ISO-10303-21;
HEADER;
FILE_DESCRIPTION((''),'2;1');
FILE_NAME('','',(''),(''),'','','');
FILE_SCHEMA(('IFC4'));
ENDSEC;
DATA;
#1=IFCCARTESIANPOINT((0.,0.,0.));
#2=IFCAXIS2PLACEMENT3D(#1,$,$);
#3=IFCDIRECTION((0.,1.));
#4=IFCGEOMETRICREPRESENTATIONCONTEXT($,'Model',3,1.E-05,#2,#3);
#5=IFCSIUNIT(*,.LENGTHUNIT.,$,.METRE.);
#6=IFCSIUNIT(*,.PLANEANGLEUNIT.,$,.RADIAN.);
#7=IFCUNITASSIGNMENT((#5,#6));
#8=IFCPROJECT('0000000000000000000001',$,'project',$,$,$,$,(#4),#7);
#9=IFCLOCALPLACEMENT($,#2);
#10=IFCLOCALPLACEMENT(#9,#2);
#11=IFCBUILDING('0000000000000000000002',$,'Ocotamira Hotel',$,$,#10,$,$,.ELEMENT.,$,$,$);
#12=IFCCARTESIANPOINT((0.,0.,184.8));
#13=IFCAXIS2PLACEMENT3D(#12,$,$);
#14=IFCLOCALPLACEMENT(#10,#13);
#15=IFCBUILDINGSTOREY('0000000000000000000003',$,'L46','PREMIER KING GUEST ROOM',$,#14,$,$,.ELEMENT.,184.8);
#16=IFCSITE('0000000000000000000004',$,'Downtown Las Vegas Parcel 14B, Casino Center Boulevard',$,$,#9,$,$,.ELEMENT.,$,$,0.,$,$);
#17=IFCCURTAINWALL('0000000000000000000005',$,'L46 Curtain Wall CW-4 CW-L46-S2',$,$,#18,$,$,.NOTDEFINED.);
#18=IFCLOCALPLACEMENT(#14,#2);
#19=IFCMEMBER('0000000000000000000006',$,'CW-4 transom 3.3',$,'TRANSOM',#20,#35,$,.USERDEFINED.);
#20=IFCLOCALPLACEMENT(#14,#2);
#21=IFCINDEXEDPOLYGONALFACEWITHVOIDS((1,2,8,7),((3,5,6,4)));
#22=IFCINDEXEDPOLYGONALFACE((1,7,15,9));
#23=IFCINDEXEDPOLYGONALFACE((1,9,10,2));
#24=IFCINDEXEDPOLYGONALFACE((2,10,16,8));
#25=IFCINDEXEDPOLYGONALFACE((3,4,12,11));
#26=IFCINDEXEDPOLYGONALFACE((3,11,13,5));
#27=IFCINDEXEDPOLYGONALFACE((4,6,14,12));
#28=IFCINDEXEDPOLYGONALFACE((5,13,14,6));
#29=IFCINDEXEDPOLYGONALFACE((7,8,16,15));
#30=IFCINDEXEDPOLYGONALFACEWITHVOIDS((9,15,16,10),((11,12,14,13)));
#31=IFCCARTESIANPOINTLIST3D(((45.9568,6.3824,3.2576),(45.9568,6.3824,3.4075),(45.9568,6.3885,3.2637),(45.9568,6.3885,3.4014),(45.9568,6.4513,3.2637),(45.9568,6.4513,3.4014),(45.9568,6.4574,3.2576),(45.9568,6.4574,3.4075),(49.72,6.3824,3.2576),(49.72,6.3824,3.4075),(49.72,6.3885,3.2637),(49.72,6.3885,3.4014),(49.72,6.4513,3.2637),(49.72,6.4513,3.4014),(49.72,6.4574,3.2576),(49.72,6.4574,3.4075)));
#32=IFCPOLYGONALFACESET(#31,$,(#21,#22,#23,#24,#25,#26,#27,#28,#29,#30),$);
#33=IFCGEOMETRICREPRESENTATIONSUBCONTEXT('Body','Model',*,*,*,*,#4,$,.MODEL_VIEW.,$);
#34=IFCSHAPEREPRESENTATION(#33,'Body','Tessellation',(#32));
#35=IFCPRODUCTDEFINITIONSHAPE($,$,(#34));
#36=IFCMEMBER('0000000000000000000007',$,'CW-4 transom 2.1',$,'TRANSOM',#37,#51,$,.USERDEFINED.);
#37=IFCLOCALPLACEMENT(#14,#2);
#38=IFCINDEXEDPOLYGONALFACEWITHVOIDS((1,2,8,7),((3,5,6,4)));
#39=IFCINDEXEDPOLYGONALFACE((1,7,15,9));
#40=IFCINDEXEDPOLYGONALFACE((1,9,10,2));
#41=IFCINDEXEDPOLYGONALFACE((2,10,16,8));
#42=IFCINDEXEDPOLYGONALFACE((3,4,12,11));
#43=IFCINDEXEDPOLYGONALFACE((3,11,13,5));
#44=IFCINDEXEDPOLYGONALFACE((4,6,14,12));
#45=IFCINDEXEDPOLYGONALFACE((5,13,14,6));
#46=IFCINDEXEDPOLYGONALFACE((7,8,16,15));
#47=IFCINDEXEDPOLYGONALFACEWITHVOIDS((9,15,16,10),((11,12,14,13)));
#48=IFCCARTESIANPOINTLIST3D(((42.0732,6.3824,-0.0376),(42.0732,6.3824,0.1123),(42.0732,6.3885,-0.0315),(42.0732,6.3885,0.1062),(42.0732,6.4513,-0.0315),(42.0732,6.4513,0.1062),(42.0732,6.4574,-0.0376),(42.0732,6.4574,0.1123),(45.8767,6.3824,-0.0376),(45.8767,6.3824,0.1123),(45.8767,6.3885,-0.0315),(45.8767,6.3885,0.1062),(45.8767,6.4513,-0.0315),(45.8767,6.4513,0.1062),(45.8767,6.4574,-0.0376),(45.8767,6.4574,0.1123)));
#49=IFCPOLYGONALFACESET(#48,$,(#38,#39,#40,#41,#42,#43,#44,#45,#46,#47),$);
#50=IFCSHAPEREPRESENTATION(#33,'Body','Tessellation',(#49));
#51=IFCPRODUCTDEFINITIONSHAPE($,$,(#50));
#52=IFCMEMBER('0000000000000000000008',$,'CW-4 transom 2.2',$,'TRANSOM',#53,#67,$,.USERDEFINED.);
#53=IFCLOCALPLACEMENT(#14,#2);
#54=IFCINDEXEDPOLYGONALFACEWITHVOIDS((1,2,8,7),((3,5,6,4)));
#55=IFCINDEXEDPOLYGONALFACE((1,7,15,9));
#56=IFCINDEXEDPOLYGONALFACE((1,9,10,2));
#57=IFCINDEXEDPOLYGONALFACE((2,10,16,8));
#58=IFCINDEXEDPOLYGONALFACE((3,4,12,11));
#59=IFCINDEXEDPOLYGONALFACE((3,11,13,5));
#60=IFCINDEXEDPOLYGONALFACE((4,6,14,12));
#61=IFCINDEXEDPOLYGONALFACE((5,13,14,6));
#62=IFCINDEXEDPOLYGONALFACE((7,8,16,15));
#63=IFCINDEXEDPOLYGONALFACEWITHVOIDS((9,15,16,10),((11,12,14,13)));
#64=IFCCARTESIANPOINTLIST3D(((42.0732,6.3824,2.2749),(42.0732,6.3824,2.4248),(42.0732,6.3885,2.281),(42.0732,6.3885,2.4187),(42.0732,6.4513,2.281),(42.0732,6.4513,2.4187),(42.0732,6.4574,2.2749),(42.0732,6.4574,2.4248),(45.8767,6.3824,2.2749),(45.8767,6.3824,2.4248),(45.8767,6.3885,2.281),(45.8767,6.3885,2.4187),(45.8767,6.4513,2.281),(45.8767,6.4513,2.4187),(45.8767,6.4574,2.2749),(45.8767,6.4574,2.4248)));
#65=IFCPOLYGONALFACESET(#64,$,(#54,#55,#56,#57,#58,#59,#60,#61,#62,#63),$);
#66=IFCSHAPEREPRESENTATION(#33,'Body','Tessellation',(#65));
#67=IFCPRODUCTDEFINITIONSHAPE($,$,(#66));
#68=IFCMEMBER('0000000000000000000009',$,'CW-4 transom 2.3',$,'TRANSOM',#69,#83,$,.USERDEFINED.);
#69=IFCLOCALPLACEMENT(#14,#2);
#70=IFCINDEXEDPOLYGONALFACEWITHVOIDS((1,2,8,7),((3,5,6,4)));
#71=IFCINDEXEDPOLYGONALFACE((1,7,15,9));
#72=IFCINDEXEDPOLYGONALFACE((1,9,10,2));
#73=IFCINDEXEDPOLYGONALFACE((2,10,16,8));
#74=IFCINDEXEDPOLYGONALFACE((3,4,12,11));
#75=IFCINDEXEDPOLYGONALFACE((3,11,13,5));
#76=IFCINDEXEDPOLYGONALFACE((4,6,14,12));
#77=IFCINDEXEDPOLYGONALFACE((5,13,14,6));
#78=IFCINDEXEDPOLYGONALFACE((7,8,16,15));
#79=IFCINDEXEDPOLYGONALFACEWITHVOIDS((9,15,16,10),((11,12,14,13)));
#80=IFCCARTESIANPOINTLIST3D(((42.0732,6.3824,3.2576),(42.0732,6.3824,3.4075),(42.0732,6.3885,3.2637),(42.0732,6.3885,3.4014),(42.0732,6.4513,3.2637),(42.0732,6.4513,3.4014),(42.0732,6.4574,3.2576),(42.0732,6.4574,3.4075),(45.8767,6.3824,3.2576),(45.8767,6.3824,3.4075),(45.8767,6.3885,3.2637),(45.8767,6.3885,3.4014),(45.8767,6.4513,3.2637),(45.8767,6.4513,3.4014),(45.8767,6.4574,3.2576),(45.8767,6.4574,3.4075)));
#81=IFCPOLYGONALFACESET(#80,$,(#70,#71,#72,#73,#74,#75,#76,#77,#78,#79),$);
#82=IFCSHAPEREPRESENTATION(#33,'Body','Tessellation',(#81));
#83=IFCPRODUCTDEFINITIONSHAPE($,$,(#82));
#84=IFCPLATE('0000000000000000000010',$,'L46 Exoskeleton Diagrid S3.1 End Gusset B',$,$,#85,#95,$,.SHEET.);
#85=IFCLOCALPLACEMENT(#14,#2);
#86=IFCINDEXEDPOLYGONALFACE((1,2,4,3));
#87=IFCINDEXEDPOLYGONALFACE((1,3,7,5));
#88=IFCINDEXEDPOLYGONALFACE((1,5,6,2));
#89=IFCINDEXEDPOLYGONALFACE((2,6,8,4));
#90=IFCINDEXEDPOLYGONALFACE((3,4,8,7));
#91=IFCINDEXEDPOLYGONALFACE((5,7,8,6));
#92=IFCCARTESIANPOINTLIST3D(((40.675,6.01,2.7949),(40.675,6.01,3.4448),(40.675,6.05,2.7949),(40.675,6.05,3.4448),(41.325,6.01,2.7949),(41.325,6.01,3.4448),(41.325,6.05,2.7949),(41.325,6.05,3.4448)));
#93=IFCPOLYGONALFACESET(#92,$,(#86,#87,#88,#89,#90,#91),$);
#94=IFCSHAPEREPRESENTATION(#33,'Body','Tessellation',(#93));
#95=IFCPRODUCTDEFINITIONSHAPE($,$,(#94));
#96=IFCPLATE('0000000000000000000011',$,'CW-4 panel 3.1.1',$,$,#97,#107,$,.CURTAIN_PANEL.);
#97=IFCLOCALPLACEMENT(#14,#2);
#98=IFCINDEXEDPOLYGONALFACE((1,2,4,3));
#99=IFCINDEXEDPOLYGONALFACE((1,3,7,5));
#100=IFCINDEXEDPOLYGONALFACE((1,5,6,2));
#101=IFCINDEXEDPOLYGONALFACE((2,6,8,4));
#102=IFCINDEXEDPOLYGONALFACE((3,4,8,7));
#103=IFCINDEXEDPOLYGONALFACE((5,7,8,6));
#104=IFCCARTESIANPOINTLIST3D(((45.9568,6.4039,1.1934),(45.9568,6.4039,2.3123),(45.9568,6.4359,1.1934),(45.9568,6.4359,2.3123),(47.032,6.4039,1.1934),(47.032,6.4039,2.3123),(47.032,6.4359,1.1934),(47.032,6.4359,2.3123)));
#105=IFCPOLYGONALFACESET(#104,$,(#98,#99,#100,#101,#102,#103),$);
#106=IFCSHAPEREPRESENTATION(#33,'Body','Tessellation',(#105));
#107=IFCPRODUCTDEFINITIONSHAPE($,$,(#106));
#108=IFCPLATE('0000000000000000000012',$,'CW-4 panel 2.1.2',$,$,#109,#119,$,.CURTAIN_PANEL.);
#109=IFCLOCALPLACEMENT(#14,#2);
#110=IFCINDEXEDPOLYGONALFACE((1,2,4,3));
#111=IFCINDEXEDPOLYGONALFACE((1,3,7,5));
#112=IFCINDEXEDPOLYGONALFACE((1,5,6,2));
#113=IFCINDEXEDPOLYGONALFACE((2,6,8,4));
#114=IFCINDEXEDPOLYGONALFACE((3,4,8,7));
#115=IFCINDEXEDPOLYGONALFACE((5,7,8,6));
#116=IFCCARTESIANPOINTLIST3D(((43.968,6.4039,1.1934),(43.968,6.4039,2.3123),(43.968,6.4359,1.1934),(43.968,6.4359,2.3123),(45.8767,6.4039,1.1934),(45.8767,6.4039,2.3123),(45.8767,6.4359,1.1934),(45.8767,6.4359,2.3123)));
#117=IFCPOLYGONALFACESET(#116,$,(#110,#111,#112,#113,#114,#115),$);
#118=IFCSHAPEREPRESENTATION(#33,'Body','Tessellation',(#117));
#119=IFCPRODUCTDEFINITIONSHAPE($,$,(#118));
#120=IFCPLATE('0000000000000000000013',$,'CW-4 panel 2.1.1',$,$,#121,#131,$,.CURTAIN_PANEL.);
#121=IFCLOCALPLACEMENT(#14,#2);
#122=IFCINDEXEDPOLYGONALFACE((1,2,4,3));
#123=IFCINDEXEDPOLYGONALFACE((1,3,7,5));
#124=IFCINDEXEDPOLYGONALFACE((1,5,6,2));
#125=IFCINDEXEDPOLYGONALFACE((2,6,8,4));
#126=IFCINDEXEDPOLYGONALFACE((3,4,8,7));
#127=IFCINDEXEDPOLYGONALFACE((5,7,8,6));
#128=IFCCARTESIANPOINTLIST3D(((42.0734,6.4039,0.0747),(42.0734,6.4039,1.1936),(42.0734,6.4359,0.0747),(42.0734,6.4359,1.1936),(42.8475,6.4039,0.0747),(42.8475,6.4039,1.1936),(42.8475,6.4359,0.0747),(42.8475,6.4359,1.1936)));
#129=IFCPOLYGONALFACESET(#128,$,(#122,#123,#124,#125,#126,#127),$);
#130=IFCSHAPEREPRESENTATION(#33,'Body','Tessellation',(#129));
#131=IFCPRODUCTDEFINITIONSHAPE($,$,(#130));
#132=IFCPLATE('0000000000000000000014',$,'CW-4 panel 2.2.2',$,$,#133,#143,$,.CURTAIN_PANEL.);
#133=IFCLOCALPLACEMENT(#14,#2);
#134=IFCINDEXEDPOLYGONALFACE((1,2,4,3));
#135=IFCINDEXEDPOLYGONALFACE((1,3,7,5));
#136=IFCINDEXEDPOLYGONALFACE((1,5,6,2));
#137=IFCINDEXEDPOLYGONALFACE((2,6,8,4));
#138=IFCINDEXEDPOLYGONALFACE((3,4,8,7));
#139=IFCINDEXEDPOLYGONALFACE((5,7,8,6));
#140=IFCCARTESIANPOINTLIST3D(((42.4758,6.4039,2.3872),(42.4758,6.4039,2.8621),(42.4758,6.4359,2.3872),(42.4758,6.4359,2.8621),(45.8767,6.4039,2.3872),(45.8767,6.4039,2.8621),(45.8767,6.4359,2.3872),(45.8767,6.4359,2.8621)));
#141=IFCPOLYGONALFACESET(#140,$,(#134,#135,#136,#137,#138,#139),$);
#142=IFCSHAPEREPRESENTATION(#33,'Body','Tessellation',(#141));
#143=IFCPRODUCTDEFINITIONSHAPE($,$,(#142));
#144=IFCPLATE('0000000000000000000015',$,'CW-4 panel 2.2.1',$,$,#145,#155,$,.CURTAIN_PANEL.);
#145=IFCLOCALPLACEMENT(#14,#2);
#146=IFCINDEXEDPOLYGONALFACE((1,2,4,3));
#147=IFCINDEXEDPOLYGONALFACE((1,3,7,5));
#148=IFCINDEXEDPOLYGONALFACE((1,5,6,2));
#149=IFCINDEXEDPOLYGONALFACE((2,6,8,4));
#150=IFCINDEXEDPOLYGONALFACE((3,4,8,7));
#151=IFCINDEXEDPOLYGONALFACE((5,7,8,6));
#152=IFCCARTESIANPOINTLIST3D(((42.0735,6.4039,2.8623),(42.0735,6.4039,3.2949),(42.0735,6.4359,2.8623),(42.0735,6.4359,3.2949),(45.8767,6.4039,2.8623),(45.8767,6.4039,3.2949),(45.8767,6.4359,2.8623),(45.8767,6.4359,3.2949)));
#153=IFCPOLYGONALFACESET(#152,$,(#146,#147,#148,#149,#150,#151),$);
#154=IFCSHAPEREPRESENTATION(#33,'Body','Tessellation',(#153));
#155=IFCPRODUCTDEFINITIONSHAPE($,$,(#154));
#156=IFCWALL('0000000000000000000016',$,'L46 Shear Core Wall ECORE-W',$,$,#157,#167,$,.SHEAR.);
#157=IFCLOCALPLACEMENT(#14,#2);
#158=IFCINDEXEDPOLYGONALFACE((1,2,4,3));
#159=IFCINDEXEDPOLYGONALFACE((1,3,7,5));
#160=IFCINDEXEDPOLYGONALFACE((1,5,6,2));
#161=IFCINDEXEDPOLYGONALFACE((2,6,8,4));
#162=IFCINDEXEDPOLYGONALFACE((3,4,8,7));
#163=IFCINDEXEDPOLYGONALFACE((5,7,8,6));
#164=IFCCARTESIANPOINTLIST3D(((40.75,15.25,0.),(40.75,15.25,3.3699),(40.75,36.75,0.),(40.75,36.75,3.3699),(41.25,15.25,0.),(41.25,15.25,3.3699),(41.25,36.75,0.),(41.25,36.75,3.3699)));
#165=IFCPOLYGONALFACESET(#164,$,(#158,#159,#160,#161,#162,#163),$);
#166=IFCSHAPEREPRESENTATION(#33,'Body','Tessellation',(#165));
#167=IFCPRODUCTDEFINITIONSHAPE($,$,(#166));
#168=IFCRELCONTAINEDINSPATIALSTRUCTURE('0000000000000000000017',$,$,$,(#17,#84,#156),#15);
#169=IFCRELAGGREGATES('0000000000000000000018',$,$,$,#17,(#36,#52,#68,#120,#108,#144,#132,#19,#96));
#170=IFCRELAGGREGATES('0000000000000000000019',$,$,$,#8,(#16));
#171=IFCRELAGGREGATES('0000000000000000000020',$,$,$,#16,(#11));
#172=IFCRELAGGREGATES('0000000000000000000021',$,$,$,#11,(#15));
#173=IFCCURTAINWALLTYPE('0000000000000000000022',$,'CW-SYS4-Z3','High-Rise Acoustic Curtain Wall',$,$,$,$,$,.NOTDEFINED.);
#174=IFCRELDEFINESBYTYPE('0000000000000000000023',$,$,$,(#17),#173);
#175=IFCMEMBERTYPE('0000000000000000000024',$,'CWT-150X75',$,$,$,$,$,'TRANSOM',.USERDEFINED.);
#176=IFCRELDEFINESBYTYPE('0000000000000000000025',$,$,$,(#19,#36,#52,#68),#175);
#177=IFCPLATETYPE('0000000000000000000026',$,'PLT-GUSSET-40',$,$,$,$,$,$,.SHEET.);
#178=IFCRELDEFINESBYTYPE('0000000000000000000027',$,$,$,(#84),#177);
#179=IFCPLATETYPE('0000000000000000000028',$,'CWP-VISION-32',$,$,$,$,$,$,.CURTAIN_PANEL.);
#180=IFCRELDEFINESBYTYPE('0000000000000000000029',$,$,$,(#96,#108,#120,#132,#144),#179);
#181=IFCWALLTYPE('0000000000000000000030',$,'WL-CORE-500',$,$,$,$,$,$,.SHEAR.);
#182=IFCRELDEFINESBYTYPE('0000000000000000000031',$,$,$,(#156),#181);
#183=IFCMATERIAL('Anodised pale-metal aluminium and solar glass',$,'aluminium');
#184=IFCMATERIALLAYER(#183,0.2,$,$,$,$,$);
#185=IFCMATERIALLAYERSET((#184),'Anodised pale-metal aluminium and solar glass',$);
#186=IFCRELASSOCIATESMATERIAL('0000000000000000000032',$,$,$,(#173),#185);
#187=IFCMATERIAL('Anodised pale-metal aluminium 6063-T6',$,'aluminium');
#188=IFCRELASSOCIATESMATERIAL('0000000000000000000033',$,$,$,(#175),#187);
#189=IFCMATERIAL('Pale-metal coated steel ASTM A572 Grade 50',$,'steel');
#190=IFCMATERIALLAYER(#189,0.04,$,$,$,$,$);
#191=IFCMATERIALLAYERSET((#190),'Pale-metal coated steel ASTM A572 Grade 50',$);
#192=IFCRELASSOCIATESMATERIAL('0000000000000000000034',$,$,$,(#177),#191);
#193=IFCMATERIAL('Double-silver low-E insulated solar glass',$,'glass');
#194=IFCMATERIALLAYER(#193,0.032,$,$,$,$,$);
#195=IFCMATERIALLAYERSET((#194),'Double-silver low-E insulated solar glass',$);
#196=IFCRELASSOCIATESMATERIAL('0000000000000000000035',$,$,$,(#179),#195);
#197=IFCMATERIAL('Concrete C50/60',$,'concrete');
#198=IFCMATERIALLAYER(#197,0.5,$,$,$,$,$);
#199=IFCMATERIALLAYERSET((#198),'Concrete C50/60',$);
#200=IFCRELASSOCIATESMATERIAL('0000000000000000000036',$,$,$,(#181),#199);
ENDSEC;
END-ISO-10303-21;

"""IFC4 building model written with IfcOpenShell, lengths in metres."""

from ifc_helpers import new_model, si_unit, direction, frame, frame_2d, origin, origin_2d, place, context, subcontext, project, spatial, rectangle, hollow_rectangle, extrude, source, transform, mapped, material, layer, layer_set, material_profile, profile_set, type_object, element, aggregate, save


model = new_model("IFC4")

# Units and contexts
model_context = context("Model", 3, precision=1e-05, world=origin(), true_north=direction((0.0, 1.0)))
body_context = subcontext(model_context, "Body", "Model", "MODEL_VIEW")
ifc_project = project(units=[si_unit("LENGTHUNIT", "METRE"), si_unit("PLANEANGLEUNIT", "RADIAN")], contexts=[model_context])

# Site, building, storey
site_placement = place(None, origin())
site = spatial("IfcSite", under=ifc_project, at=site_placement, Name="Downtown Las Vegas Parcel 14B, Casino Center Boulevard", CompositionType="ELEMENT", RefElevation=0.0)
building_placement = place(site_placement, origin())
building = spatial("IfcBuilding", under=site, at=building_placement, Name="Ocotamira Hotel", CompositionType="ELEMENT")
storey_placement = place(building_placement, frame((0.0, 0.0, 184.8)))
storey = spatial("IfcBuildingStorey", under=building, at=storey_placement, Name="L46", Description="PREMIER KING GUEST ROOM", CompositionType="ELEMENT", Elevation=184.8)

# Curtain wall, members
ifc_material_1 = material(Name="Anodised pale-metal aluminium and solar glass", Category="aluminium")
ifc_layer_1 = layer(ifc_material_1, 0.2)
ifc_layer_set_1 = layer_set([ifc_layer_1], Name="Anodised pale-metal aluminium and solar glass")
curtain_wall_type = type_object("IfcCurtainWallType", Name="CW-SYS4-Z3", Description="High-Rise Acoustic Curtain Wall", PredefinedType="NOTDEFINED", material=ifc_layer_set_1)
curtain_wall_placement = place(storey_placement, origin())
curtain_wall = element("IfcCurtainWall", 1, at=curtain_wall_placement, inside=storey, type_object=curtain_wall_type, Name="L46 Curtain Wall CW-4 CW-L46-S2", PredefinedType="NOTDEFINED")
ifc_material_2 = material(Name="Anodised pale-metal aluminium 6063-T6", Category="aluminium")
ifc_material_profile_1 = material_profile(ifc_material_2, hollow_rectangle(XDim=0.075, YDim=0.1499, WallThickness=0.0061, at=origin_2d()), Name="HSS150X75X6")
ifc_profile_set_1 = profile_set([ifc_material_profile_1], Name="Anodised pale-metal aluminium 6063-T6")
member_type_1 = type_object("IfcMemberType", Name="CWT-150X75", ElementType="TRANSOM", PredefinedType="USERDEFINED", material=ifc_profile_set_1)
shared_shape_1 = source(origin(), body_context, "Body", "SweptSolid", [
    extrude(hollow_rectangle(XDim=0.075, YDim=0.1499, WallThickness=0.0061, at=origin_2d()), origin(), (0.0, 0.0, 1.0), 3.7632),
])
member_1_placement = place(storey_placement, frame((45.9568, 6.4199, 3.3325), z_axis=(1.0, 0.0, 0.0), x_axis=(0.0, 1.0, 0.0)))
member_1 = element("IfcMember", 2, at=member_1_placement, type_object=member_type_1, Name="CW-4 transom 3.3", ObjectType="TRANSOM", PredefinedType="USERDEFINED", context=body_context, shape_type="MappedRepresentation", body=[
    mapped(shared_shape_1, transform((0.0, 0.0, 0.0), scale=1.0)),
])
shared_shape_2 = source(origin(), body_context, "Body", "SweptSolid", [
    extrude(hollow_rectangle(XDim=0.075, YDim=0.1499, WallThickness=0.0061, at=origin_2d()), origin(), (0.0, 0.0, 1.0), 3.8035),
])
member_2_placement = place(storey_placement, frame((42.0732, 6.4199, 0.0374), z_axis=(1.0, 0.0, 0.0), x_axis=(0.0, 1.0, 0.0)))
member_2 = element("IfcMember", 3, at=member_2_placement, type_object=member_type_1, Name="CW-4 transom 2.1", ObjectType="TRANSOM", PredefinedType="USERDEFINED", context=body_context, shape_type="MappedRepresentation", body=[
    mapped(shared_shape_2, transform((0.0, 0.0, 0.0), scale=1.0)),
])
member_3_placement = place(storey_placement, frame((42.0732, 6.4199, 2.3499), z_axis=(1.0, 0.0, 0.0), x_axis=(0.0, 1.0, 0.0)))
member_3 = element("IfcMember", 4, at=member_3_placement, type_object=member_type_1, Name="CW-4 transom 2.2", ObjectType="TRANSOM", PredefinedType="USERDEFINED", context=body_context, shape_type="MappedRepresentation", body=[
    mapped(shared_shape_2, transform((0.0, 0.0, 0.0), scale=1.0)),
])
member_4_placement = place(storey_placement, frame((42.0732, 6.4199, 3.3325), z_axis=(1.0, 0.0, 0.0), x_axis=(0.0, 1.0, 0.0)))
member_4 = element("IfcMember", 5, at=member_4_placement, type_object=member_type_1, Name="CW-4 transom 2.3", ObjectType="TRANSOM", PredefinedType="USERDEFINED", context=body_context, shape_type="MappedRepresentation", body=[
    mapped(shared_shape_2, transform((0.0, 0.0, 0.0), scale=1.0)),
])

# Plates
ifc_material_3 = material(Name="Pale-metal coated steel ASTM A572 Grade 50", Category="steel")
ifc_layer_2 = layer(ifc_material_3, 0.04)
ifc_layer_set_2 = layer_set([ifc_layer_2], Name="Pale-metal coated steel ASTM A572 Grade 50")
plate_type_1 = type_object("IfcPlateType", Name="PLT-GUSSET-40", PredefinedType="SHEET", material=ifc_layer_set_2)
shared_shape_3 = source(origin(), body_context, "Body", "SweptSolid", [
    extrude(rectangle(XDim=0.6499, YDim=0.04, at=origin_2d()), origin(), (0.0, 0.0, 1.0), 0.6499),
])
plate_1_placement = place(storey_placement, frame((41.0, 6.03, 2.7949), z_axis=(0.0, 0.0, 1.0), x_axis=(-1.0, 0.0, 0.0)))
element("IfcPlate", 6, at=plate_1_placement, inside=storey, type_object=plate_type_1, Name="L46 Exoskeleton Diagrid S3.1 End Gusset B", PredefinedType="SHEET", context=body_context, shape_type="MappedRepresentation", body=[
    mapped(shared_shape_3, transform((0.0, 0.0, 0.0), scale=1.0)),
])
ifc_material_4 = material(Name="Double-silver low-E insulated solar glass", Category="glass")
ifc_layer_3 = layer(ifc_material_4, 0.032)
ifc_layer_set_3 = layer_set([ifc_layer_3], Name="Double-silver low-E insulated solar glass")
plate_type_2 = type_object("IfcPlateType", Name="CWP-VISION-32", PredefinedType="CURTAIN_PANEL", material=ifc_layer_set_3)
shared_shape_4 = source(origin(), body_context, "Body", "SweptSolid", [
    extrude(rectangle(XDim=1.0752, YDim=0.032, at=origin_2d()), origin(), (0.0, 0.0, 1.0), 1.1189),
])
plate_2_placement = place(storey_placement, frame((46.4944, 6.4199, 1.1934), z_axis=(0.0, 0.0, 1.0), x_axis=(1.0, 0.0, 0.0)))
plate_2 = element("IfcPlate", 7, at=plate_2_placement, type_object=plate_type_2, Name="CW-4 panel 3.1.1", PredefinedType="CURTAIN_PANEL", context=body_context, shape_type="MappedRepresentation", body=[
    mapped(shared_shape_4, transform((0.0, 0.0, 0.0), scale=1.0)),
])
shared_shape_5 = source(origin(), body_context, "Body", "SweptSolid", [
    extrude(rectangle(XDim=1.9087, YDim=0.032, at=origin_2d()), origin(), (0.0, 0.0, 1.0), 1.1189),
])
plate_3_placement = place(storey_placement, frame((44.9224, 6.4199, 1.1934), z_axis=(0.0, 0.0, 1.0), x_axis=(1.0, 0.0, 0.0)))
plate_3 = element("IfcPlate", 8, at=plate_3_placement, type_object=plate_type_2, Name="CW-4 panel 2.1.2", PredefinedType="CURTAIN_PANEL", context=body_context, shape_type="MappedRepresentation", body=[
    mapped(shared_shape_5, transform((0.0, 0.0, 0.0), scale=1.0)),
])
shared_shape_6 = source(origin(), body_context, "Body", "SweptSolid", [
    extrude(rectangle(XDim=0.7742, YDim=0.032, at=origin_2d()), origin(), (0.0, 0.0, 1.0), 1.1189),
])
plate_4_placement = place(storey_placement, frame((42.4604, 6.4199, 0.0747), z_axis=(0.0, 0.0, 1.0), x_axis=(1.0, 0.0, 0.0)))
plate_4 = element("IfcPlate", 9, at=plate_4_placement, type_object=plate_type_2, Name="CW-4 panel 2.1.1", PredefinedType="CURTAIN_PANEL", context=body_context, shape_type="MappedRepresentation", body=[
    mapped(shared_shape_6, transform((0.0, 0.0, 0.0), scale=1.0)),
])
shared_shape_7 = source(origin(), body_context, "Body", "SweptSolid", [
    extrude(rectangle(XDim=3.4009, YDim=0.032, at=origin_2d()), origin(), (0.0, 0.0, 1.0), 0.4749),
])
plate_5_placement = place(storey_placement, frame((44.1763, 6.4199, 2.3872), z_axis=(0.0, 0.0, 1.0), x_axis=(1.0, 0.0, 0.0)))
plate_5 = element("IfcPlate", 10, at=plate_5_placement, type_object=plate_type_2, Name="CW-4 panel 2.2.2", PredefinedType="CURTAIN_PANEL", context=body_context, shape_type="MappedRepresentation", body=[
    mapped(shared_shape_7, transform((0.0, 0.0, 0.0), scale=1.0)),
])
shared_shape_8 = source(origin(), body_context, "Body", "SweptSolid", [
    extrude(rectangle(XDim=3.8032, YDim=0.032, at=origin_2d()), origin(), (0.0, 0.0, 1.0), 0.4326),
])
plate_6_placement = place(storey_placement, frame((43.9751, 6.4199, 2.8623), z_axis=(0.0, 0.0, 1.0), x_axis=(1.0, 0.0, 0.0)))
plate_6 = element("IfcPlate", 11, at=plate_6_placement, type_object=plate_type_2, Name="CW-4 panel 2.2.1", PredefinedType="CURTAIN_PANEL", context=body_context, shape_type="MappedRepresentation", body=[
    mapped(shared_shape_8, transform((0.0, 0.0, 0.0), scale=1.0)),
])
aggregate(curtain_wall, [member_2, member_3, member_4, plate_4, plate_3, plate_6, plate_5, member_1, plate_2])

# Shared definitions
ifc_material_5 = material(Name="Concrete C50/60", Category="concrete")
ifc_layer_4 = layer(ifc_material_5, 0.5)
ifc_layer_set_4 = layer_set([ifc_layer_4], Name="Concrete C50/60")
wall_type_1 = type_object("IfcWallType", Name="WL-CORE-500", PredefinedType="SHEAR", material=ifc_layer_set_4)

# Wall
wall_1_placement = place(storey_placement, frame((41.0, 15.25, 0.0), z_axis=(0.0, 0.0, 1.0), x_axis=(0.0, 1.0, 0.0)))
element("IfcWall", 12, at=wall_1_placement, inside=storey, type_object=wall_type_1, Name="L46 Shear Core Wall ECORE-W", PredefinedType="SHEAR", context=body_context, shape_type="SweptSolid", body=[
    extrude(rectangle(XDim=21.5, YDim=0.5, at=frame_2d((10.75, 0.0))), origin(), (0.0, 0.0, 1.0), 3.3699),
])

save(model, "model.ifc")
